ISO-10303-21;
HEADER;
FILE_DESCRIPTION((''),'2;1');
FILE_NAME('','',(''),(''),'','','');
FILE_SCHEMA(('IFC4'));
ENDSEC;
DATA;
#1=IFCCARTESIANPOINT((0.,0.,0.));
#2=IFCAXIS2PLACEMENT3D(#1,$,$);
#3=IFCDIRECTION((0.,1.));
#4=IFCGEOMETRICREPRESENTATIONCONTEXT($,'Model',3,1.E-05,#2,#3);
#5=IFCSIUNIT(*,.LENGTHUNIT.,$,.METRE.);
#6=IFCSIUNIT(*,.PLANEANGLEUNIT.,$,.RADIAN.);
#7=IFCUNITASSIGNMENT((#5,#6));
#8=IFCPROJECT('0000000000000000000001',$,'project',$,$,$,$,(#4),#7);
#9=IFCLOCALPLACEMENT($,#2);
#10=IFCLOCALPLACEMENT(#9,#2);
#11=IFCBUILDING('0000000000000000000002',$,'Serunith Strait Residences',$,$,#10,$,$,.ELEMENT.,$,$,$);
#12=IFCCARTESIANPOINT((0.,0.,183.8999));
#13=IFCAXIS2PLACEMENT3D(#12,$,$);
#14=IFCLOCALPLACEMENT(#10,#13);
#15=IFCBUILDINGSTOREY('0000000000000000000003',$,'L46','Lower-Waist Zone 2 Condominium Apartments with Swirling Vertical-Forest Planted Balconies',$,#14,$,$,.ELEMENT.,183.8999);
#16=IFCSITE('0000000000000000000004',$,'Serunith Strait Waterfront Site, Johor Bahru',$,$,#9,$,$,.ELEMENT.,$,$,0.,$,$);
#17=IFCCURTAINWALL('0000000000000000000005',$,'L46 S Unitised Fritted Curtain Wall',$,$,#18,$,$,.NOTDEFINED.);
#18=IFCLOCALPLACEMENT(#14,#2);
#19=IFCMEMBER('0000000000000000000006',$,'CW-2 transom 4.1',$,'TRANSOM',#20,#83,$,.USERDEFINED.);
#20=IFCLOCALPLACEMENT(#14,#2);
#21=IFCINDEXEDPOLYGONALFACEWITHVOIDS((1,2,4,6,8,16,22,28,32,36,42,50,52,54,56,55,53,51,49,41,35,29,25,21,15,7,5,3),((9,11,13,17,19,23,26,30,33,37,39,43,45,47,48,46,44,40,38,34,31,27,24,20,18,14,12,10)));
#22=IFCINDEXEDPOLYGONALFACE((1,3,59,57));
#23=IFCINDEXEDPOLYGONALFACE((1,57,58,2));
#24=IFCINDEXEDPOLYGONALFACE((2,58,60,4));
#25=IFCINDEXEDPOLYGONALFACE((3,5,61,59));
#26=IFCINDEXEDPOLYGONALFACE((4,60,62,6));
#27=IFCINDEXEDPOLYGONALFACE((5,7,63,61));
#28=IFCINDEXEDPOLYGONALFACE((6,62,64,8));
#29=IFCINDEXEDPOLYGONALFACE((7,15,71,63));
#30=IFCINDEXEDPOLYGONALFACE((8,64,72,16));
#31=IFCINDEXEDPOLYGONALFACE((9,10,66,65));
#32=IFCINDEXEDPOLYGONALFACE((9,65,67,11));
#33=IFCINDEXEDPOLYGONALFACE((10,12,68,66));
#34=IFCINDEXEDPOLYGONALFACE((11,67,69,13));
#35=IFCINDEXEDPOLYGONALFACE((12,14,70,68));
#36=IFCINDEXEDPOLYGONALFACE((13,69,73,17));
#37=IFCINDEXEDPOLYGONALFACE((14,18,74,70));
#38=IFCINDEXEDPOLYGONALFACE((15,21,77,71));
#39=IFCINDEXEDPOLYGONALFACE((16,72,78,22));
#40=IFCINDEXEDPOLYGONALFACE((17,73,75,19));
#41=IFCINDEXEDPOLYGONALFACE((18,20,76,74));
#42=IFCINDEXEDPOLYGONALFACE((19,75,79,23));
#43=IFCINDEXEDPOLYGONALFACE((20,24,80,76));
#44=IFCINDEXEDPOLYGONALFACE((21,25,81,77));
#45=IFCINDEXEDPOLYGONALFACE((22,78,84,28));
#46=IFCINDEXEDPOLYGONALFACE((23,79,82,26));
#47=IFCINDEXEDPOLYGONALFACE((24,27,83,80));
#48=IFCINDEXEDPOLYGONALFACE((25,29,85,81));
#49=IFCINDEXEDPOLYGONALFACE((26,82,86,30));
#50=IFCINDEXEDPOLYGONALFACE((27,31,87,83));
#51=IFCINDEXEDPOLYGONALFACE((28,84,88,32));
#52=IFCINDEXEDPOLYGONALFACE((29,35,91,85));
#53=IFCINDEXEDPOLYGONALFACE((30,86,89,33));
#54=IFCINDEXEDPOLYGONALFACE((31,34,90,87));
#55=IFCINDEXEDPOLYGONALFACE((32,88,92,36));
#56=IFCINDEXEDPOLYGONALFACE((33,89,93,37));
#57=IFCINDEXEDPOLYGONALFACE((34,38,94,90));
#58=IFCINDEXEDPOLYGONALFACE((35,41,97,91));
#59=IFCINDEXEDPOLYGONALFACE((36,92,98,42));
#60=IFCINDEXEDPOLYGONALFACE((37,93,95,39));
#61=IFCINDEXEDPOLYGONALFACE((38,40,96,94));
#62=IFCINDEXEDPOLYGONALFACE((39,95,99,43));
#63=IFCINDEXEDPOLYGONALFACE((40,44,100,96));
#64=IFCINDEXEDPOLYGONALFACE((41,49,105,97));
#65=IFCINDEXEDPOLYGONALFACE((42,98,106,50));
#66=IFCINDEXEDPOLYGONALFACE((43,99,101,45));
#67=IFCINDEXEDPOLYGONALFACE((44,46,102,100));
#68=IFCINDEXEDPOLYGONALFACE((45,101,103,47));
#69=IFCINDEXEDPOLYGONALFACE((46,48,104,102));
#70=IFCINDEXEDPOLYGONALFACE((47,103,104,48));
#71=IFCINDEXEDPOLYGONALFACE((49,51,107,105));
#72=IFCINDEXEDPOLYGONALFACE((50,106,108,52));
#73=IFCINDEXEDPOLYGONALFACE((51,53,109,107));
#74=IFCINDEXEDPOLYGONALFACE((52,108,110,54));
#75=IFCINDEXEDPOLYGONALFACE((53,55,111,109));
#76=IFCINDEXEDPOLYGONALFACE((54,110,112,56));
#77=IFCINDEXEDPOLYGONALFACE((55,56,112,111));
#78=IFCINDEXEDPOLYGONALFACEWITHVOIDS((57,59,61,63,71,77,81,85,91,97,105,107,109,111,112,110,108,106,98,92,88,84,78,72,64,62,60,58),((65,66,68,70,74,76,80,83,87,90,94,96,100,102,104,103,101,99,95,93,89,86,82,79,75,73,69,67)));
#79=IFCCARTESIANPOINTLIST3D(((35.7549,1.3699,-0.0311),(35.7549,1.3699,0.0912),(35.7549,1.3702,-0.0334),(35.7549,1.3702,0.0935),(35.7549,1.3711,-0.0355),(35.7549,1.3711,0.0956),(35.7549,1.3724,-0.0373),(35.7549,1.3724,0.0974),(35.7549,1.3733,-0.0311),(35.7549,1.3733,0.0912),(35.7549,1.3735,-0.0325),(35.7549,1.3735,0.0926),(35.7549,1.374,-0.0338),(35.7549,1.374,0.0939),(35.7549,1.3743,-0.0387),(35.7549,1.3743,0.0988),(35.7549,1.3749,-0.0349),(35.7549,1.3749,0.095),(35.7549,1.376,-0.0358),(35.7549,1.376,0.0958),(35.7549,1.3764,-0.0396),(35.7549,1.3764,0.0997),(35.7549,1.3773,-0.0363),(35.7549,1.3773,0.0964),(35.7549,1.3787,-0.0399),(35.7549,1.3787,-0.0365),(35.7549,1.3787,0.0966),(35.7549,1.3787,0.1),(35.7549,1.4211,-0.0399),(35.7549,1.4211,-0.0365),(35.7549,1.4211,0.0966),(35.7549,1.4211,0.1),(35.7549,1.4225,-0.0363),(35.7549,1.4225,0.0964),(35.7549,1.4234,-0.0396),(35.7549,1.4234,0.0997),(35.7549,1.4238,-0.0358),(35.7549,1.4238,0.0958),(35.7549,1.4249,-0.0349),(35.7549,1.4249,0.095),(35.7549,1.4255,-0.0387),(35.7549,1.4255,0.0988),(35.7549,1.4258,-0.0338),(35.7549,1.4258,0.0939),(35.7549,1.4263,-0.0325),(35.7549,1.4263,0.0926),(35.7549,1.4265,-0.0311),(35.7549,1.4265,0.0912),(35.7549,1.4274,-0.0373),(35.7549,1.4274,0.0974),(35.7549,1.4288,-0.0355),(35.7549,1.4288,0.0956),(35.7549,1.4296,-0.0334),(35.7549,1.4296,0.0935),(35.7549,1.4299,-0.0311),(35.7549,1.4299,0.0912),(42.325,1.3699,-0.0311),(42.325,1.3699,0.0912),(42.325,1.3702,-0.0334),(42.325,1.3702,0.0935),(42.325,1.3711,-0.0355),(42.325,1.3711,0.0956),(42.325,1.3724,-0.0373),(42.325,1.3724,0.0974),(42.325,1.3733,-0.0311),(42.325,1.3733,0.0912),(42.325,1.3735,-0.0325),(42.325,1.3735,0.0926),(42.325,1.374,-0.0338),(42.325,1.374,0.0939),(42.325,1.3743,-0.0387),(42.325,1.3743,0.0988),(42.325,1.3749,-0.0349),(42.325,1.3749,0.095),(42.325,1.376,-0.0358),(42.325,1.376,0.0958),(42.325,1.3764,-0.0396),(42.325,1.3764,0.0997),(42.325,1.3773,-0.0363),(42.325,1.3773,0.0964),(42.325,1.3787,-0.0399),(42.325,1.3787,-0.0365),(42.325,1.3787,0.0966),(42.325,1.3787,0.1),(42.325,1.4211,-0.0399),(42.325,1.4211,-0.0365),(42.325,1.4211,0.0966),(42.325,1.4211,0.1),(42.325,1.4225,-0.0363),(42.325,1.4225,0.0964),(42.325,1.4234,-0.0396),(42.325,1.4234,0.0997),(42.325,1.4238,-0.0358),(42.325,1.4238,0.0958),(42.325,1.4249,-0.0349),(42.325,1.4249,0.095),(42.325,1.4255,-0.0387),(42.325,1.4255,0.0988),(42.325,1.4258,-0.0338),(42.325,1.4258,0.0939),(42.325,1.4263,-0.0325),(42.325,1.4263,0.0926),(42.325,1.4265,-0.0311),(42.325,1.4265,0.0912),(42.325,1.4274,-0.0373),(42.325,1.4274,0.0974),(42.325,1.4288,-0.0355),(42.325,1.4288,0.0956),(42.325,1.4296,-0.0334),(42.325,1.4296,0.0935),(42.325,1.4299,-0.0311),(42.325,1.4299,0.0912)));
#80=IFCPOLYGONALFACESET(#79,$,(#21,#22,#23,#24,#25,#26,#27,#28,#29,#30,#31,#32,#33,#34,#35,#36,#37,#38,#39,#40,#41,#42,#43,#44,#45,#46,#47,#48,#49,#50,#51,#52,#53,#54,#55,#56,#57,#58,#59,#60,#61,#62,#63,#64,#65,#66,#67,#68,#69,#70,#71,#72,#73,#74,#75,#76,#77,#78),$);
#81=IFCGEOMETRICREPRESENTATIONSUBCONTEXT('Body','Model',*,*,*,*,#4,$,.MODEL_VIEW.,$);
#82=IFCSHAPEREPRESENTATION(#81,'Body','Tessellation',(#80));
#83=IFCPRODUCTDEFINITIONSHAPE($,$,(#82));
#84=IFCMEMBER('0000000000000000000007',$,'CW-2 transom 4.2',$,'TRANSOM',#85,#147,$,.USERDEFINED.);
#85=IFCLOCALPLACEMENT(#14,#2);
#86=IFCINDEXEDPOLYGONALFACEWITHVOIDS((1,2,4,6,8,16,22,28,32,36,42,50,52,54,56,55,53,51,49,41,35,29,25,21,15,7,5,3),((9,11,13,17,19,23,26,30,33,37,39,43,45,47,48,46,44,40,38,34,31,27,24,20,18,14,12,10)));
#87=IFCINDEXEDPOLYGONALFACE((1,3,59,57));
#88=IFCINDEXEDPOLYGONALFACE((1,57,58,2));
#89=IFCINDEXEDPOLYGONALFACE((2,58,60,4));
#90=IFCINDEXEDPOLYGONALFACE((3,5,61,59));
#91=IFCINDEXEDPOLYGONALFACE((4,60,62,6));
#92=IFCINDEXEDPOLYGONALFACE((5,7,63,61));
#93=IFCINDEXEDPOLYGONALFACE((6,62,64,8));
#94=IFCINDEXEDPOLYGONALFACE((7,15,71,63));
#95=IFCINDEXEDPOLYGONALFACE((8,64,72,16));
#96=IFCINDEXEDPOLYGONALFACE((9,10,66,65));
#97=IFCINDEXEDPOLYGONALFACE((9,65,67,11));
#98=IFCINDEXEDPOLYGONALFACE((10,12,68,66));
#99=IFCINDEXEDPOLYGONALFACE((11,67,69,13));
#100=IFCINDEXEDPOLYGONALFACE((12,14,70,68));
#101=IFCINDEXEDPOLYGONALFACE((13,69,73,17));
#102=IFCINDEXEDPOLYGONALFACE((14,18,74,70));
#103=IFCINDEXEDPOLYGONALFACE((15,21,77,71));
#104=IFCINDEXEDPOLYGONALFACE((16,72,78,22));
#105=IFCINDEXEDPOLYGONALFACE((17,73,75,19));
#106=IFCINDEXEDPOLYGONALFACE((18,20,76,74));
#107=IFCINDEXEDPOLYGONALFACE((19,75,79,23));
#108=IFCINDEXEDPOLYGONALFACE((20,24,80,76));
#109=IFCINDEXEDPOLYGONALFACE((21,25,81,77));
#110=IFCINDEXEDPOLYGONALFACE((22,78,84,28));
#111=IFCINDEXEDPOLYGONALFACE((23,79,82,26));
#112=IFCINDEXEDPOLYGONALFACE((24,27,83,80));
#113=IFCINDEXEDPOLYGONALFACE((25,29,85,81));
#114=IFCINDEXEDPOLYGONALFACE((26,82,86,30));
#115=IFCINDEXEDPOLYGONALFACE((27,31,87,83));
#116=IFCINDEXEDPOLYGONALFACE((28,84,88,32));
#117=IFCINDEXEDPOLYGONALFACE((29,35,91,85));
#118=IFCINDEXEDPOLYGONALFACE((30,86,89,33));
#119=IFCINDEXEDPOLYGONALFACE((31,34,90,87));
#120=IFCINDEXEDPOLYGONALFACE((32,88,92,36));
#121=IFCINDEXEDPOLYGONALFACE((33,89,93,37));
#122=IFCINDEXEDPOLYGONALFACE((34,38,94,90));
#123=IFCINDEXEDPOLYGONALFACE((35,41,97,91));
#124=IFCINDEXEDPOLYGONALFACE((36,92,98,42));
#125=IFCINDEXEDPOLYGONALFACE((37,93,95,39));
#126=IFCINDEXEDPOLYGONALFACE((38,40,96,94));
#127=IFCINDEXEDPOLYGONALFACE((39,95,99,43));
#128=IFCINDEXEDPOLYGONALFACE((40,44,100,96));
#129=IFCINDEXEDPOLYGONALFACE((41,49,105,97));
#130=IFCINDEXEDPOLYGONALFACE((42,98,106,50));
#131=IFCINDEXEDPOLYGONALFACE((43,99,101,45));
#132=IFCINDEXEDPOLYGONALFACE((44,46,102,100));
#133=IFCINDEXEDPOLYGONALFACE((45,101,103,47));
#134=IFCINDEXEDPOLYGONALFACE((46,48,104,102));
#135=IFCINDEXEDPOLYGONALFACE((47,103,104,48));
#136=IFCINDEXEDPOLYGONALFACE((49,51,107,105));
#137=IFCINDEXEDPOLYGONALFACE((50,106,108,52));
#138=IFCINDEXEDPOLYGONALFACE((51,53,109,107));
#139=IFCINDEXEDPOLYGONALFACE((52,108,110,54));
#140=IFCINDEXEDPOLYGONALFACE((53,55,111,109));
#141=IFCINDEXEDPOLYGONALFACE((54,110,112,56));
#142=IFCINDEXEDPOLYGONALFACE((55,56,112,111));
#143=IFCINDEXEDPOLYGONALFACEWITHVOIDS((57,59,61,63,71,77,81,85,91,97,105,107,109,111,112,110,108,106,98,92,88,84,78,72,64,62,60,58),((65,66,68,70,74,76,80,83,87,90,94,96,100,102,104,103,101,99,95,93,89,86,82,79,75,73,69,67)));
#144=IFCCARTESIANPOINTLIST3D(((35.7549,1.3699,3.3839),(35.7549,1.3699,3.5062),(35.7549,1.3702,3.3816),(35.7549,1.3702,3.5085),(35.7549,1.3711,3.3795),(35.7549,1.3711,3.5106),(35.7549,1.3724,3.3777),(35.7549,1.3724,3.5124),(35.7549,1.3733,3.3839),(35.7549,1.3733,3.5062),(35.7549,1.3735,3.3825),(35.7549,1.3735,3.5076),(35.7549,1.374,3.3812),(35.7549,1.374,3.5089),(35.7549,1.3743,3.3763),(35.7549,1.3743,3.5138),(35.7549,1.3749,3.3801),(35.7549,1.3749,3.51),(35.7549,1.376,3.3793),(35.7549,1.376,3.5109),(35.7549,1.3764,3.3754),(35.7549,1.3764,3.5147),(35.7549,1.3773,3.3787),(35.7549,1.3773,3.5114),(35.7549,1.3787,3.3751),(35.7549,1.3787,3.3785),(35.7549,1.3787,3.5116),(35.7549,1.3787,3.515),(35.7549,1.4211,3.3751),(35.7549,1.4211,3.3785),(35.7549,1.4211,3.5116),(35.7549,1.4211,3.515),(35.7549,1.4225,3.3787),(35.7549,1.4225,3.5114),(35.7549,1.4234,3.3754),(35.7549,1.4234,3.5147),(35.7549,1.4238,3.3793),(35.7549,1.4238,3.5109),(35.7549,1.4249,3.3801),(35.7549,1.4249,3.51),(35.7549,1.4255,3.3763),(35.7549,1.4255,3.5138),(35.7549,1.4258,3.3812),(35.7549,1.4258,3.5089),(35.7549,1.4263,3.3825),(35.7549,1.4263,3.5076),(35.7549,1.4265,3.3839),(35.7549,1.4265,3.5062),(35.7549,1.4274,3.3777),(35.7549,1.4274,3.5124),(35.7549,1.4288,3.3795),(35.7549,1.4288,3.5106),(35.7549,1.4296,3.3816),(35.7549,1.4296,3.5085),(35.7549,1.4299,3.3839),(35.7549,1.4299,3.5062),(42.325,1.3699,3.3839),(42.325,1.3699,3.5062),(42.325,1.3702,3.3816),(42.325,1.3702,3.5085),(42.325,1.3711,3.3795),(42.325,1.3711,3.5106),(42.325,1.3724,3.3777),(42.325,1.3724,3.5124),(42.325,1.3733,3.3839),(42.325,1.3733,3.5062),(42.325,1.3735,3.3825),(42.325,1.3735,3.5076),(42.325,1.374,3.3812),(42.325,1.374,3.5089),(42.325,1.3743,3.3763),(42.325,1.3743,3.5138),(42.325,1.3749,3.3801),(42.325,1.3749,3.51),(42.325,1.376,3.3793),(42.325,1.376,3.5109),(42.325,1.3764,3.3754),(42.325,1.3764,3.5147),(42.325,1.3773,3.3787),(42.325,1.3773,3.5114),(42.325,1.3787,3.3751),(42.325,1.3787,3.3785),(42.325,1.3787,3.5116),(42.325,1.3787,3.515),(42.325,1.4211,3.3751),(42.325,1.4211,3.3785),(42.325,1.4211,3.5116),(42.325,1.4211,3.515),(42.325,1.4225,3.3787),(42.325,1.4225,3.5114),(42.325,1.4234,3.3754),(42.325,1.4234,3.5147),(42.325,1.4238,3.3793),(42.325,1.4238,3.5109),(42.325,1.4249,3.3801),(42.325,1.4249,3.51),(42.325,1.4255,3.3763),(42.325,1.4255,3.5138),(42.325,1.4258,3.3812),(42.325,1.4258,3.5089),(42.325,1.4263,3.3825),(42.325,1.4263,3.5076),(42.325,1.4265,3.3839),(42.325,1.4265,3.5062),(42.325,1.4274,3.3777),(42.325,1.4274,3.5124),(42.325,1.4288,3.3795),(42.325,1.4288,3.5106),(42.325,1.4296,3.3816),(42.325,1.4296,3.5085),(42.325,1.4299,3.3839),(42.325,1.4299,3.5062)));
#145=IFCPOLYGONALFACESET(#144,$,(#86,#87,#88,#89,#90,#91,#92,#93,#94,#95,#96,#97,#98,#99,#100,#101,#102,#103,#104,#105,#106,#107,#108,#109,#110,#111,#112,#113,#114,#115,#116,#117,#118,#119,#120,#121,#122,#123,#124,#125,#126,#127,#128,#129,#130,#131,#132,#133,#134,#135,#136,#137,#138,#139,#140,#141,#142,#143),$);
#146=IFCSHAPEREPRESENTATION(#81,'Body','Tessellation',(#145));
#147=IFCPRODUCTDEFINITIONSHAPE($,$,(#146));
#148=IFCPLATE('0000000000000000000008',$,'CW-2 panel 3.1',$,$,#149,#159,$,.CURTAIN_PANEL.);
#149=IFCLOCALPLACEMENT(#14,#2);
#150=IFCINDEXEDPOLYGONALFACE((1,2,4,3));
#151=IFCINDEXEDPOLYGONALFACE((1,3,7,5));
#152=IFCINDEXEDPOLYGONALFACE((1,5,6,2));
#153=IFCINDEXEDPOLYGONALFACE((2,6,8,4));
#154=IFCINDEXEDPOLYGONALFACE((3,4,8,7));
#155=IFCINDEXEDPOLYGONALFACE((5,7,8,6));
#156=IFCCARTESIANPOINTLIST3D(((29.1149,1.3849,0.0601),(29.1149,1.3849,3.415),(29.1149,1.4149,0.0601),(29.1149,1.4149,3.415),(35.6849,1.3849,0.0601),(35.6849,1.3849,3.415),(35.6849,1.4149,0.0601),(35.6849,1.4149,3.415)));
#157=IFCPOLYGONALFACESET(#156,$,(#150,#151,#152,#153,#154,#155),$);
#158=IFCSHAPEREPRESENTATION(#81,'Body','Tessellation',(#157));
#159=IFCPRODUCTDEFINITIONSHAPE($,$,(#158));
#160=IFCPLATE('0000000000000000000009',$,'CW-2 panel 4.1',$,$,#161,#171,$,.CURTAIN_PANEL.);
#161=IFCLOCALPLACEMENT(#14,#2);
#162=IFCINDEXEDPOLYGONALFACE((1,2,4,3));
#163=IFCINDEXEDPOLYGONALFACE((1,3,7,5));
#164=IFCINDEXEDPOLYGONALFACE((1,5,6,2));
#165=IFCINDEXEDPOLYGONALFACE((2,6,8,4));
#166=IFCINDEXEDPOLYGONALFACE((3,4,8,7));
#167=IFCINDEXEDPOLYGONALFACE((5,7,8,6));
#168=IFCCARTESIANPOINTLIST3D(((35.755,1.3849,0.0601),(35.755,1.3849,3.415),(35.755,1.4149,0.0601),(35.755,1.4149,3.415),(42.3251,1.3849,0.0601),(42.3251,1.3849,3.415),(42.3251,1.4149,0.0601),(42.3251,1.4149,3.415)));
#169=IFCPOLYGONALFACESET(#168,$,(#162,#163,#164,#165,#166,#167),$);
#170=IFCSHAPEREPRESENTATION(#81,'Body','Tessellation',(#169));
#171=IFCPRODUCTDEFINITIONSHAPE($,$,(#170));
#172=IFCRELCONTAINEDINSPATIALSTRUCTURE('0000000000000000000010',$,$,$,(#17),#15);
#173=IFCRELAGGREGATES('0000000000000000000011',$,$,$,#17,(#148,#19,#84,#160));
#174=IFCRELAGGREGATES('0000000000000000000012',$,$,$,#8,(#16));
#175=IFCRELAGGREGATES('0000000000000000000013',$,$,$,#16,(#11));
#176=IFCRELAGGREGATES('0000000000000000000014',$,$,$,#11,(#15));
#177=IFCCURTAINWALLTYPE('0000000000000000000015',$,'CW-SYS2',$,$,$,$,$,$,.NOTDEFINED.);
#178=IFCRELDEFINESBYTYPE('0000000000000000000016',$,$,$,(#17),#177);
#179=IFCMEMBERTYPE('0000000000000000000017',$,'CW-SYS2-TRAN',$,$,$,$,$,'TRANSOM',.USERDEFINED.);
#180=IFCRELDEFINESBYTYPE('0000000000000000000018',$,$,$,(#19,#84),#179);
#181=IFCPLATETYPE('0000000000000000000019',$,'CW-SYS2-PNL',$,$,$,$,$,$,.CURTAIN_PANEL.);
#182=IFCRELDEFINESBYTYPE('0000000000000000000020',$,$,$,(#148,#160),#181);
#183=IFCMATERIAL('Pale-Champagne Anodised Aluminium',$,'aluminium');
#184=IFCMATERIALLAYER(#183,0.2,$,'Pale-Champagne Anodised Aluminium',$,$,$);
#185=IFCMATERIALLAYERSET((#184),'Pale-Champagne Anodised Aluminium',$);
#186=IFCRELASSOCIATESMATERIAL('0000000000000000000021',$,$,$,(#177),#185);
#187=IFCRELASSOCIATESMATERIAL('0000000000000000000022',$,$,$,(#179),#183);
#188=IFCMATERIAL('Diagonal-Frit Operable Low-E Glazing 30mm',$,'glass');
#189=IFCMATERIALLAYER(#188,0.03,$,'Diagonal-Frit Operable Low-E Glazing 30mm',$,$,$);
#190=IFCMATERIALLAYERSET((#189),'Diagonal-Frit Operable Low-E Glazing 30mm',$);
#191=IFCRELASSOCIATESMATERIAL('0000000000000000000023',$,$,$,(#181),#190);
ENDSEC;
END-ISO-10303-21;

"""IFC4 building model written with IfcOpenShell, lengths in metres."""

from ifc_helpers import new_model, si_unit, direction, frame, origin, origin_2d, place, context, subcontext, project, spatial, rectangle, hollow_rectangle, extrude, source, transform, mapped, material, layer, layer_set, material_profile, profile_set, type_object, element, aggregate, save


model = new_model("IFC4")

# Units and contexts
model_context = context("Model", 3, precision=1e-05, world=origin(), true_north=direction((0.0, 1.0)))
body_context = subcontext(model_context, "Body", "Model", "MODEL_VIEW")
ifc_project = project(units=[si_unit("LENGTHUNIT", "METRE"), si_unit("PLANEANGLEUNIT", "RADIAN")], contexts=[model_context])

# Site, building, storey
site_placement = place(None, origin())
site = spatial("IfcSite", under=ifc_project, at=site_placement, Name="Serunith Strait Waterfront Site, Johor Bahru", CompositionType="ELEMENT", RefElevation=0.0)
building_placement = place(site_placement, origin())
building = spatial("IfcBuilding", under=site, at=building_placement, Name="Serunith Strait Residences", CompositionType="ELEMENT")
storey_placement = place(building_placement, frame((0.0, 0.0, 183.8999)))
storey = spatial("IfcBuildingStorey", under=building, at=storey_placement, Name="L46", Description="Lower-Waist Zone 2 Condominium Apartments with Swirling Vertical-Forest Planted Balconies", CompositionType="ELEMENT", Elevation=183.8999)

# Curtain wall, members, plates
ifc_material_1 = material(Name="Pale-Champagne Anodised Aluminium", Category="aluminium")
ifc_layer_1 = layer(ifc_material_1, 0.2, Name="Pale-Champagne Anodised Aluminium")
ifc_layer_set_1 = layer_set([ifc_layer_1], Name="Pale-Champagne Anodised Aluminium")
curtain_wall_type = type_object("IfcCurtainWallType", Name="CW-SYS2", PredefinedType="NOTDEFINED", material=ifc_layer_set_1)
curtain_wall_placement = place(storey_placement, origin())
curtain_wall = element("IfcCurtainWall", 1, at=curtain_wall_placement, inside=storey, type_object=curtain_wall_type, Name="L46 S Unitised Fritted Curtain Wall", PredefinedType="NOTDEFINED")
ifc_material_profile_1 = material_profile(ifc_material_1, hollow_rectangle(XDim=0.0601, YDim=0.1399, WallThickness=0.0034, InnerFilletRadius=0.0054, OuterFilletRadius=0.0088, at=origin_2d()), Name="ALU 140x60x3.5")
ifc_profile_set_1 = profile_set([ifc_material_profile_1], Name="Pale-Champagne Anodised Aluminium")
member_type_1 = type_object("IfcMemberType", Name="CW-SYS2-TRAN", ElementType="TRANSOM", PredefinedType="USERDEFINED", material=ifc_profile_set_1)
shared_shape_1 = source(origin(), body_context, "Body", "SweptSolid", [
    extrude(hollow_rectangle(XDim=0.0601, YDim=0.1399, WallThickness=0.0034, InnerFilletRadius=0.0054, OuterFilletRadius=0.0088, at=origin_2d()), origin(), (0.0, 0.0, 1.0), 6.5701),
])
member_1_placement = place(storey_placement, frame((35.7549, 1.3999, 0.03), z_axis=(1.0, 0.0, 0.0), x_axis=(0.0, 1.0, 0.0)))
member_1 = element("IfcMember", 2, at=member_1_placement, type_object=member_type_1, Name="CW-2 transom 4.1", ObjectType="TRANSOM", PredefinedType="USERDEFINED", context=body_context, shape_type="MappedRepresentation", body=[
    mapped(shared_shape_1, transform((0.0, 0.0, 0.0), scale=1.0)),
])
member_2_placement = place(storey_placement, frame((35.7549, 1.3999, 3.4451), z_axis=(1.0, 0.0, 0.0), x_axis=(0.0, 1.0, 0.0)))
member_2 = element("IfcMember", 3, at=member_2_placement, type_object=member_type_1, Name="CW-2 transom 4.2", ObjectType="TRANSOM", PredefinedType="USERDEFINED", context=body_context, shape_type="MappedRepresentation", body=[
    mapped(shared_shape_1, transform((0.0, 0.0, 0.0), scale=1.0)),
])
ifc_material_2 = material(Name="Diagonal-Frit Operable Low-E Glazing 30mm", Category="glass")
ifc_layer_2 = layer(ifc_material_2, 0.03, Name="Diagonal-Frit Operable Low-E Glazing 30mm")
ifc_layer_set_2 = layer_set([ifc_layer_2], Name="Diagonal-Frit Operable Low-E Glazing 30mm")
plate_type = type_object("IfcPlateType", Name="CW-SYS2-PNL", PredefinedType="CURTAIN_PANEL", material=ifc_layer_set_2)
shared_shape_2 = source(origin(), body_context, "Body", "SweptSolid", [
    extrude(rectangle(XDim=6.5701, YDim=0.03, at=origin_2d()), origin(), (0.0, 0.0, 1.0), 3.355),
])
plate_1_placement = place(storey_placement, frame((32.3999, 1.3999, 0.0601), z_axis=(0.0, 0.0, 1.0), x_axis=(1.0, 0.0, 0.0)))
plate_1 = element("IfcPlate", 4, at=plate_1_placement, type_object=plate_type, Name="CW-2 panel 3.1", PredefinedType="CURTAIN_PANEL", context=body_context, shape_type="MappedRepresentation", body=[
    mapped(shared_shape_2, transform((0.0, 0.0, 0.0), scale=1.0)),
])
plate_2_placement = place(storey_placement, frame((39.04, 1.3999, 0.0601), z_axis=(0.0, 0.0, 1.0), x_axis=(1.0, 0.0, 0.0)))
plate_2 = element("IfcPlate", 5, at=plate_2_placement, type_object=plate_type, Name="CW-2 panel 4.1", PredefinedType="CURTAIN_PANEL", context=body_context, shape_type="MappedRepresentation", body=[
    mapped(shared_shape_2, transform((0.0, 0.0, 0.0), scale=1.0)),
])
aggregate(curtain_wall, [plate_1, member_1, member_2, plate_2])

save(model, "model.ifc")
